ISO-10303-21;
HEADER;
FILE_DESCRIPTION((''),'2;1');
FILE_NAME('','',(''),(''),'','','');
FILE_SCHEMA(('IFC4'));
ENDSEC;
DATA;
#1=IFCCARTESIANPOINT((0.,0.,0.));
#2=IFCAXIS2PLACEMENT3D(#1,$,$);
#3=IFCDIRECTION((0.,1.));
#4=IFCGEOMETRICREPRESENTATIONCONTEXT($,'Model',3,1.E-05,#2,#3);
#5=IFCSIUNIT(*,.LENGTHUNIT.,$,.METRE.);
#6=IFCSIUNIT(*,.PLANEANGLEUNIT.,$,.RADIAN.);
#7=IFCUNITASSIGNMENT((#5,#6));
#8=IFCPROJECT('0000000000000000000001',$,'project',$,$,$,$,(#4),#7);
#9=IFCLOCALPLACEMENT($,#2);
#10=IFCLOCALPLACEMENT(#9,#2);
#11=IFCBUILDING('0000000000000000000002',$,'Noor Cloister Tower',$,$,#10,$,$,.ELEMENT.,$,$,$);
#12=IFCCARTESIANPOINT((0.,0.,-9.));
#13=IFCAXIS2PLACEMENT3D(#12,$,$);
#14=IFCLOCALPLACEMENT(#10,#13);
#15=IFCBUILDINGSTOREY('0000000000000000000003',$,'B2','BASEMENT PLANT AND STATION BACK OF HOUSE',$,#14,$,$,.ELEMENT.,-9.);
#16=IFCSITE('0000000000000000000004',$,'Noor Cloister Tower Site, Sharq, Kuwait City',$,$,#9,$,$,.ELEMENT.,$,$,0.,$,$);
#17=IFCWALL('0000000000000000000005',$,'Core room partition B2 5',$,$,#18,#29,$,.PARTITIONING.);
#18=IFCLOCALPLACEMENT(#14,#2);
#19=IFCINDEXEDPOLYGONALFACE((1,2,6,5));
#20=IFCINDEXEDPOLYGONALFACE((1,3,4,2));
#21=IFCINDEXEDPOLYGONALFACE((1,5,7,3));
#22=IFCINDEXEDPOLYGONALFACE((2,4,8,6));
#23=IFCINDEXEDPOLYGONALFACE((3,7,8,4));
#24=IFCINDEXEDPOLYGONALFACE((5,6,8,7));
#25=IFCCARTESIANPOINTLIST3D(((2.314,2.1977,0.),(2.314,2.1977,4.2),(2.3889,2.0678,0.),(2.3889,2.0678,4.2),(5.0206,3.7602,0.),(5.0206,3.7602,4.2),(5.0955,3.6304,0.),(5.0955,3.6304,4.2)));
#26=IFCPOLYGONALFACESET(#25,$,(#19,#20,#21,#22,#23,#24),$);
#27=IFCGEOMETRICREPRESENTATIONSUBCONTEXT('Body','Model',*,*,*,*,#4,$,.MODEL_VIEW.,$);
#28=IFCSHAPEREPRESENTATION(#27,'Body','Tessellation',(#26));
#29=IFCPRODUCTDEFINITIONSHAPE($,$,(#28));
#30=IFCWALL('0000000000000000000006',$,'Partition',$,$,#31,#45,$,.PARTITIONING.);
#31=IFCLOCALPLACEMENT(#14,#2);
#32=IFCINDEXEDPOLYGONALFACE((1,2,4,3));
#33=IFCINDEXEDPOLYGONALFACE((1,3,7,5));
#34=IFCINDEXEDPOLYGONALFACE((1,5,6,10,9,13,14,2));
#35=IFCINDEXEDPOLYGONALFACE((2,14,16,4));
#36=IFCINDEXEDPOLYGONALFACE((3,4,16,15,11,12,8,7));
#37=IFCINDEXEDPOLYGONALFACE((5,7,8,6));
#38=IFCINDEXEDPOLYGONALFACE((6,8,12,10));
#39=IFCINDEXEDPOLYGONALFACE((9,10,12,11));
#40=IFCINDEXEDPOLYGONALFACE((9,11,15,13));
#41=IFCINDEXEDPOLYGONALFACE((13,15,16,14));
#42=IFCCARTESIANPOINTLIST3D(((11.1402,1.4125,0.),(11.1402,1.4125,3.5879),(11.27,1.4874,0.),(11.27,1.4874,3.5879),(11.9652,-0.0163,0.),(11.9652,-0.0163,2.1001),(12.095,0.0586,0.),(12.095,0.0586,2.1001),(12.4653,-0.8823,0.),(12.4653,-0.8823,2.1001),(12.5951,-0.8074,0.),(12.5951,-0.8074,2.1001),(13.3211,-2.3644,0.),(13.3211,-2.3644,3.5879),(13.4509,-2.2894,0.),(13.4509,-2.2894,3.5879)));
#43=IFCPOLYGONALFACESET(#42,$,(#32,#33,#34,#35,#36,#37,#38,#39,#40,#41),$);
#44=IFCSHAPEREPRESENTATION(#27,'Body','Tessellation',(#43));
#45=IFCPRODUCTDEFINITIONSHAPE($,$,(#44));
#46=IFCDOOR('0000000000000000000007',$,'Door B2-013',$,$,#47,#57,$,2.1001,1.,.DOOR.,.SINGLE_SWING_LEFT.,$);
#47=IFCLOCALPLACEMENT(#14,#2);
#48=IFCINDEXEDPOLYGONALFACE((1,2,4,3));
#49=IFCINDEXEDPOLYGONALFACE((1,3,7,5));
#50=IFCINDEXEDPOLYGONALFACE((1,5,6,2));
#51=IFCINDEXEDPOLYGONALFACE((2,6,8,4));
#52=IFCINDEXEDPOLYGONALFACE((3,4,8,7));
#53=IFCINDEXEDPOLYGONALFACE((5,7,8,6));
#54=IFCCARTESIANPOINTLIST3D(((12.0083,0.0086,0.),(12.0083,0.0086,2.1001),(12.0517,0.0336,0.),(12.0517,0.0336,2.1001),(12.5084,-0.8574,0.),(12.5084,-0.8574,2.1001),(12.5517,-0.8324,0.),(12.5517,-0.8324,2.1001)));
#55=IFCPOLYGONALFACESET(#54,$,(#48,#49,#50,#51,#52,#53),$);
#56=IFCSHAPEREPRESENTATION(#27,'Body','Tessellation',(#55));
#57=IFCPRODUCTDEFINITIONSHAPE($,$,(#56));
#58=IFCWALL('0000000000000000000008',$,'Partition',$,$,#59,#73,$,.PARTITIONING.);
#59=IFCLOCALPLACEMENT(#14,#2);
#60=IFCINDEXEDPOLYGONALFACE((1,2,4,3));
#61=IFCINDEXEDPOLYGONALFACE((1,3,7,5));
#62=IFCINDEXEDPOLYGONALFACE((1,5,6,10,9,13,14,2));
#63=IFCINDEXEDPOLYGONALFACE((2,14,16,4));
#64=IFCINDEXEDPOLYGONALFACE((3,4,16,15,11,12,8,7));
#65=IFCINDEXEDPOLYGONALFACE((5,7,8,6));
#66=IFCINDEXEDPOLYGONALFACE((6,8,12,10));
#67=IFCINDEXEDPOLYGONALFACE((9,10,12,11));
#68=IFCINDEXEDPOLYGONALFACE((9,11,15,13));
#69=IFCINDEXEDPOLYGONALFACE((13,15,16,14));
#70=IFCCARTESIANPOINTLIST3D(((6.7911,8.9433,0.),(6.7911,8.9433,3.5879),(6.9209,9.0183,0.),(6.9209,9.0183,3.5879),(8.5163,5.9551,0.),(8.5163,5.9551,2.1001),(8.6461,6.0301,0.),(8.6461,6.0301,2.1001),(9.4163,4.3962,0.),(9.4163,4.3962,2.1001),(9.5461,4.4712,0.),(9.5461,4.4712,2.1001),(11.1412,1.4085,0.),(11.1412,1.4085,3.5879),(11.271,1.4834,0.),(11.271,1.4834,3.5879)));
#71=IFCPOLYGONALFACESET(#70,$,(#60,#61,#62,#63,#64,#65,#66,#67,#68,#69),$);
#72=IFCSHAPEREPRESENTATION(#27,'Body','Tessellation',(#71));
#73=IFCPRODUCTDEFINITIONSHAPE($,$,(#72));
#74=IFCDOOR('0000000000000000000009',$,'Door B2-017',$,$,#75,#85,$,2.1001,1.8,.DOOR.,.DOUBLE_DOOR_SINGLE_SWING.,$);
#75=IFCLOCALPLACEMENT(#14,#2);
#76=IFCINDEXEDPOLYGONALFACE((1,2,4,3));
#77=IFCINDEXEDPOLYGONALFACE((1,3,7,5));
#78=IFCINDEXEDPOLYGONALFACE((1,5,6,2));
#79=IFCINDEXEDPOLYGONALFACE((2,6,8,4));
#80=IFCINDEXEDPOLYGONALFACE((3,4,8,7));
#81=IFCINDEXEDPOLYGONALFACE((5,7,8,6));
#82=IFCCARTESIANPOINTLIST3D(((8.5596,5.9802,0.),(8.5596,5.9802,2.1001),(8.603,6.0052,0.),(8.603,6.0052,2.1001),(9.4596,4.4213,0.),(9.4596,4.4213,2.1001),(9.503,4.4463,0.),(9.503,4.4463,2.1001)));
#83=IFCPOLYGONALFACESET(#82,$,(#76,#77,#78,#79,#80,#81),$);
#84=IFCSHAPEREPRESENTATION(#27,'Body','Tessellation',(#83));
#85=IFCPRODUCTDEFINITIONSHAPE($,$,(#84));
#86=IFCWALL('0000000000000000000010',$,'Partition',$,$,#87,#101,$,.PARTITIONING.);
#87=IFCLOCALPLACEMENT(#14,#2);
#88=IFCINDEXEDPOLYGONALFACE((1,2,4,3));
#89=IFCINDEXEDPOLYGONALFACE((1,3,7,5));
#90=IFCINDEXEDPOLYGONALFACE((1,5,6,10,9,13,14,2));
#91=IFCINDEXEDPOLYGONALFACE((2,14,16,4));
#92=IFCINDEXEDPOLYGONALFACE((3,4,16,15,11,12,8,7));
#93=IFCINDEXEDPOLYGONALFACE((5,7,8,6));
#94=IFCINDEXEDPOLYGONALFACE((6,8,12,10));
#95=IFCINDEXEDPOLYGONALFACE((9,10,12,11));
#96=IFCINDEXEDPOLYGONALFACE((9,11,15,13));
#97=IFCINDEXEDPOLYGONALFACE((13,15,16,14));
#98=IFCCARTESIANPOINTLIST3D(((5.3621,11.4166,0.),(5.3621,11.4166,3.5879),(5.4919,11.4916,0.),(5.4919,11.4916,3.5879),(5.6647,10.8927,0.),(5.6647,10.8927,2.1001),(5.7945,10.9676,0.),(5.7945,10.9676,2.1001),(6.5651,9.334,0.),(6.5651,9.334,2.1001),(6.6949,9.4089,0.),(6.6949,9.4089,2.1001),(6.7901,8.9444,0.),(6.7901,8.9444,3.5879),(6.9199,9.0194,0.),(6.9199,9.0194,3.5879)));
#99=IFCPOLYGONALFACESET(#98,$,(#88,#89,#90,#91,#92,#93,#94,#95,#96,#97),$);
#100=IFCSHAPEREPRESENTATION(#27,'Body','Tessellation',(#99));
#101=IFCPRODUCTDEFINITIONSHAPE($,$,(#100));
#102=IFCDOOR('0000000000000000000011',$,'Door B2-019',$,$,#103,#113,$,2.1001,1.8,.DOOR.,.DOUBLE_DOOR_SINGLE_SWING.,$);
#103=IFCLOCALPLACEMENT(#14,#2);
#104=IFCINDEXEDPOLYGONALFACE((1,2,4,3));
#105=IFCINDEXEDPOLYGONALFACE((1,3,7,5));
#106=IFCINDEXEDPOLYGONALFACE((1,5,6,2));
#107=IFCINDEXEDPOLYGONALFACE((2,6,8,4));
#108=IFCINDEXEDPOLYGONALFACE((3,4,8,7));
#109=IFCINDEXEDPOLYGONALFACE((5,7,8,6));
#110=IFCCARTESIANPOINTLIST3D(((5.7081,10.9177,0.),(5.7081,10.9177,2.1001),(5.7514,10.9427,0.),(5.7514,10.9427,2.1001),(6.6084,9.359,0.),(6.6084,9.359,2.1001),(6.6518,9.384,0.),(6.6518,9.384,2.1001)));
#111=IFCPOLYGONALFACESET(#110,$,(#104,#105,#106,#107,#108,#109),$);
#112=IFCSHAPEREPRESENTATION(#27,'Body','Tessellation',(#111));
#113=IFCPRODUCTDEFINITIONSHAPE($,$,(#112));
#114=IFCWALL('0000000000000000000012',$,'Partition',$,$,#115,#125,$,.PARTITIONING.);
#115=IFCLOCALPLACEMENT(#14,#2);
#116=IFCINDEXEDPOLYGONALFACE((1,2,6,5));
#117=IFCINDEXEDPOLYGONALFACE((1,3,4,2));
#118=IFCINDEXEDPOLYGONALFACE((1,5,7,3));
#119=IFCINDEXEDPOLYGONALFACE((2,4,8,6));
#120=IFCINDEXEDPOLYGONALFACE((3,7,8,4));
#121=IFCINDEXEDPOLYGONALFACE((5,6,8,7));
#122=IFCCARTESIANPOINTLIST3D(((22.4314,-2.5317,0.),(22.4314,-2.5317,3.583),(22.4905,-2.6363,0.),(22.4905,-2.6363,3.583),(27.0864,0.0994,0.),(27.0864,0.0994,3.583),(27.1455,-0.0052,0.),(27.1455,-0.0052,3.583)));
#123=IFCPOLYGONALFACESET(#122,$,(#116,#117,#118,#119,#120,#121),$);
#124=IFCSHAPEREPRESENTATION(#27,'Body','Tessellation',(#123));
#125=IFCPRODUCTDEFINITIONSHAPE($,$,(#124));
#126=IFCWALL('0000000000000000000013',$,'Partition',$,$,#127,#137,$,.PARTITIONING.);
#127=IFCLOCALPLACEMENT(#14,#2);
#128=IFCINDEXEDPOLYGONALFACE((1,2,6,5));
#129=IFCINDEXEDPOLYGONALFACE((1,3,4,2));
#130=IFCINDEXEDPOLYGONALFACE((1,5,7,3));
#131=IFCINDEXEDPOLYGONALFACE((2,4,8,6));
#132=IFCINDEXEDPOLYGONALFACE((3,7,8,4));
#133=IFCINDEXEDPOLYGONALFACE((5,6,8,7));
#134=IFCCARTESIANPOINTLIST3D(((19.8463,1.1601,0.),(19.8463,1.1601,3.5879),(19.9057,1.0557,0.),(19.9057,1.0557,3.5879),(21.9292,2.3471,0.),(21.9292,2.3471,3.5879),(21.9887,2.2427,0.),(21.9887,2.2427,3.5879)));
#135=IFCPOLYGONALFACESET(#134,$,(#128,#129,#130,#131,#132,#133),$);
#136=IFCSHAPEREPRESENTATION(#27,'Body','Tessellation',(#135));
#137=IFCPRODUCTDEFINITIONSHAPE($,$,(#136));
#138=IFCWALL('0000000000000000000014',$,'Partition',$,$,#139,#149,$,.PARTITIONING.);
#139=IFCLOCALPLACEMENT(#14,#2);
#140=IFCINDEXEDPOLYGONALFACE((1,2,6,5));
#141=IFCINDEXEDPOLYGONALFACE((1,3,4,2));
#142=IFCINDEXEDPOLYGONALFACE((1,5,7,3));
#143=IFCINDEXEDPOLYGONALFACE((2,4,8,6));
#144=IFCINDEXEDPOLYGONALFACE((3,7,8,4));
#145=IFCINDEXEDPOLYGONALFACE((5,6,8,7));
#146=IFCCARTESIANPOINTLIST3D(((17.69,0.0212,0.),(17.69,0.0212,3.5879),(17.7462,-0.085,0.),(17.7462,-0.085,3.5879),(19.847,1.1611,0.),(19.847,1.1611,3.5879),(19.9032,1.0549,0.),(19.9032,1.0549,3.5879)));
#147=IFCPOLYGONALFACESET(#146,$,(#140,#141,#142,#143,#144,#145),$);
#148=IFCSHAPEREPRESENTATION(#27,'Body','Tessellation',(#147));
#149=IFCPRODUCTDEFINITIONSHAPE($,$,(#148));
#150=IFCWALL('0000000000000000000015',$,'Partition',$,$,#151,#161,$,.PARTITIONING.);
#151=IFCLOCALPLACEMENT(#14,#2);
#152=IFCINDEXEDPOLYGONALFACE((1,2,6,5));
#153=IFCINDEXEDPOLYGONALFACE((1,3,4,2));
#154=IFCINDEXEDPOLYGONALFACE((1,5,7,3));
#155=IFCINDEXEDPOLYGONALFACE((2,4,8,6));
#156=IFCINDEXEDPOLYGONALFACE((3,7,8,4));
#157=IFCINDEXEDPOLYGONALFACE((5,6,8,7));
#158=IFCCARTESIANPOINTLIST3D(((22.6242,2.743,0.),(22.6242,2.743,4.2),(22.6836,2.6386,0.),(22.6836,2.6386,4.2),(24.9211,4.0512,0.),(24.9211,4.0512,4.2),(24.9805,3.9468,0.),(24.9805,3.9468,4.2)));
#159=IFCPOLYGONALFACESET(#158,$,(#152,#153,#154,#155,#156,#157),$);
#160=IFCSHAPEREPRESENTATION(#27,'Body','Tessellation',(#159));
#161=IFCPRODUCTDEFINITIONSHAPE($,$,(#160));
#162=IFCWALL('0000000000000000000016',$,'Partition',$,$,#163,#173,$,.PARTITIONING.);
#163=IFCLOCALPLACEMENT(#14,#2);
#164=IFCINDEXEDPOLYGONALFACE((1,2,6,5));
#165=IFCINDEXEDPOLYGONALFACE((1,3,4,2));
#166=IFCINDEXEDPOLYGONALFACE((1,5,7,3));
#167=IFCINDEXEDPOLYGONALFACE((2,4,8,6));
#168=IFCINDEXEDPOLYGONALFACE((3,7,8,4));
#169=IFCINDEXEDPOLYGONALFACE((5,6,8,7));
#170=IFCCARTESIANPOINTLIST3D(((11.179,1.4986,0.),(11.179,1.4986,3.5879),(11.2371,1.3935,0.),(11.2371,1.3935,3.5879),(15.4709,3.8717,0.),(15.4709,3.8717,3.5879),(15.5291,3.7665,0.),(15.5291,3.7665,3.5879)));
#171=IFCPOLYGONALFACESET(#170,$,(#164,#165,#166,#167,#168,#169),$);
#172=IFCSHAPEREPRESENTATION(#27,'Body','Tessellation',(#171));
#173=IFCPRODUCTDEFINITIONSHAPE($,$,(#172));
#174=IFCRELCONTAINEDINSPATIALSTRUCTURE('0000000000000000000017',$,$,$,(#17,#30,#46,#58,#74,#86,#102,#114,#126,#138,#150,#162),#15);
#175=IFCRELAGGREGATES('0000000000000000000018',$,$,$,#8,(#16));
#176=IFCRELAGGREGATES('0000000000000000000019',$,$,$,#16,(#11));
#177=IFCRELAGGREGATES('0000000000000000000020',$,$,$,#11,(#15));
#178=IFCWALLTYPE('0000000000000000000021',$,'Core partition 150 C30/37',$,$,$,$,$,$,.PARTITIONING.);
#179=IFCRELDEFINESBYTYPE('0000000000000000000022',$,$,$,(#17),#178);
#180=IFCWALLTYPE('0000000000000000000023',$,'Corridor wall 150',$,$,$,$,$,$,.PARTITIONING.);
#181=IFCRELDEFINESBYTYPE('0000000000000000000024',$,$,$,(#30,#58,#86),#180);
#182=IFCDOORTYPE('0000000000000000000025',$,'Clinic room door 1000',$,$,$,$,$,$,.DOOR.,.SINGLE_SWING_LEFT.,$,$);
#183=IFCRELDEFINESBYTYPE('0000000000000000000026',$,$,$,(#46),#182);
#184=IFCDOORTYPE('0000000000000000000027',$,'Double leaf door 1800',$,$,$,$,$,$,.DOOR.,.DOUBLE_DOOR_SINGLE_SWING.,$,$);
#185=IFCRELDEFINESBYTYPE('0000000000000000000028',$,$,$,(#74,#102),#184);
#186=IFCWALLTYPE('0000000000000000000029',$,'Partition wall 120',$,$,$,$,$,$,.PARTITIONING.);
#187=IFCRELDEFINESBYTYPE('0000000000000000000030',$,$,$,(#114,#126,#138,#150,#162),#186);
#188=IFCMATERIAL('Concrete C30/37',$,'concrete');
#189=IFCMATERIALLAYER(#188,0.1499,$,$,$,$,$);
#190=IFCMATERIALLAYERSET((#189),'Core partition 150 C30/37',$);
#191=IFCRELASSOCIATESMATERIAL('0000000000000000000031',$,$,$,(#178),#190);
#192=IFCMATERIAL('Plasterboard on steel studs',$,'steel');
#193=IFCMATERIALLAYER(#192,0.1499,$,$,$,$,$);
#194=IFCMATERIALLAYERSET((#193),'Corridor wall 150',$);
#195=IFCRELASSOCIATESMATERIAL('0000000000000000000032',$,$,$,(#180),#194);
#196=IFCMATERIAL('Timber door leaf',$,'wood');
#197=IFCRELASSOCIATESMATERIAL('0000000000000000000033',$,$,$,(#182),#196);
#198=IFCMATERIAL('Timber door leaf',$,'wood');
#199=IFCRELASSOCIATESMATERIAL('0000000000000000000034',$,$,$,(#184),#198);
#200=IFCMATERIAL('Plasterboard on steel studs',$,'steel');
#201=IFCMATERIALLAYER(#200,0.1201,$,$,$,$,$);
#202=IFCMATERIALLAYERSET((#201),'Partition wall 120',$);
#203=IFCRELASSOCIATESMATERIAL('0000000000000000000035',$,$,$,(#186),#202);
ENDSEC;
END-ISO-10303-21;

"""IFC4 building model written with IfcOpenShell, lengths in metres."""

from ifc_helpers import new_model, si_unit, direction, frame, frame_2d, origin, place, context, subcontext, project, spatial, rectangle, extrude, material, layer, layer_set, type_object, element, fill, save


model = new_model("IFC4")

# Units and contexts
model_context = context("Model", 3, precision=1e-05, world=origin(), true_north=direction((0.0, 1.0)))
body_context = subcontext(model_context, "Body", "Model", "MODEL_VIEW")
ifc_project = project(units=[si_unit("LENGTHUNIT", "METRE"), si_unit("PLANEANGLEUNIT", "RADIAN")], contexts=[model_context])

# Site, building, storey
site_placement = place(None, origin())
site = spatial("IfcSite", under=ifc_project, at=site_placement, Name="Noor Cloister Tower Site, Sharq, Kuwait City", CompositionType="ELEMENT", RefElevation=0.0)
building_placement = place(site_placement, origin())
building = spatial("IfcBuilding", under=site, at=building_placement, Name="Noor Cloister Tower", CompositionType="ELEMENT")
storey_placement = place(building_placement, frame((0.0, 0.0, -9.0)))
storey = spatial("IfcBuildingStorey", under=building, at=storey_placement, Name="B2", Description="BASEMENT PLANT AND STATION BACK OF HOUSE", CompositionType="ELEMENT", Elevation=-9.0)

# Wall
ifc_material_1 = material(Name="Concrete C30/37", Category="concrete")
ifc_layer_1 = layer(ifc_material_1, 0.1499)
ifc_layer_set_1 = layer_set([ifc_layer_1], Name="Core partition 150 C30/37")
wall_type_1 = type_object("IfcWallType", Name="Core partition 150 C30/37", PredefinedType="PARTITIONING", material=ifc_layer_set_1)
wall_1_placement = place(storey_placement, frame((2.3516, 2.1328, 0.0), z_axis=(0.0, 0.0, 1.0), x_axis=(0.866042, 0.49997, 0.0)))
element("IfcWall", 1, at=wall_1_placement, inside=storey, type_object=wall_type_1, Name="Core room partition B2 5", PredefinedType="PARTITIONING", context=body_context, shape_type="SweptSolid", body=[
    extrude(rectangle(XDim=3.1252, YDim=0.1499, at=frame_2d((1.5625, 0.0))), origin(), (0.0, 0.0, 1.0), 4.2),
])

# Walls, openings, doors
ifc_material_2 = material(Name="Plasterboard on steel studs", Category="steel")
ifc_layer_2 = layer(ifc_material_2, 0.1499)
ifc_layer_set_2 = layer_set([ifc_layer_2], Name="Corridor wall 150")
wall_type_2 = type_object("IfcWallType", Name="Corridor wall 150", PredefinedType="PARTITIONING", material=ifc_layer_set_2)
wall_2_placement = place(storey_placement, frame((11.2051, 1.45, 0.0), z_axis=(0.0, 0.0, 1.0), x_axis=(0.500058, -0.865992, 0.0)))
wall_2 = element("IfcWall", 2, at=wall_2_placement, inside=storey, type_object=wall_type_2, Name="Partition", PredefinedType="PARTITIONING", context=body_context, shape_type="SweptSolid", body=[
    extrude(rectangle(XDim=4.3613, YDim=0.1499, at=frame_2d((2.1807, 0.0))), origin(), (0.0, 0.0, 1.0), 3.5879),
])
opening_1_placement = place(wall_2_placement, frame((1.6499, 0.0, 0.0)))
opening_1 = element("IfcOpeningElement", 3, at=opening_1_placement, cuts=wall_2, PredefinedType="OPENING", context=body_context, shape_type="SweptSolid", body=[
    extrude(rectangle(XDim=1.0, YDim=2.1001, at=frame_2d((0.5, 1.05))), frame((0.0, 0.085, 0.0), z_axis=(0.0, -1.0, 0.0), x_axis=(1.0, 0.0, 0.0)), (0.0, 0.0, 1.0), 0.1699),
])
ifc_material_3 = material(Name="Timber door leaf", Category="wood")
door_type_1 = type_object("IfcDoorType", Name="Clinic room door 1000", OperationType="SINGLE_SWING_LEFT", PredefinedType="DOOR", material=ifc_material_3)
door_1_placement = place(opening_1_placement, origin())
door_1 = element("IfcDoor", 4, at=door_1_placement, inside=storey, type_object=door_type_1, Name="Door B2-013", OperationType="SINGLE_SWING_LEFT", OverallHeight=2.1001, OverallWidth=1.0, PredefinedType="DOOR", context=body_context, shape_type="SweptSolid", body=[
    extrude(rectangle(XDim=1.0, YDim=2.1001, at=frame_2d((0.5, 1.05))), frame((0.0, 0.0249, 0.0), z_axis=(0.0, -1.0, 0.0), x_axis=(1.0, 0.0, 0.0)), (0.0, 0.0, 1.0), 0.05),
])
fill(opening_1, door_1)
wall_3_placement = place(storey_placement, frame((11.2061, 1.446, 0.0), z_axis=(0.0, 0.0, 1.0), x_axis=(-0.499984, 0.866035, 0.0)))
wall_3 = element("IfcWall", 5, at=wall_3_placement, inside=storey, type_object=wall_type_2, Name="Partition", PredefinedType="PARTITIONING", context=body_context, shape_type="SweptSolid", body=[
    extrude(rectangle(XDim=8.7004, YDim=0.1499, at=frame_2d((4.3501, 0.0))), origin(), (0.0, 0.0, 1.0), 3.5879),
])
opening_2_placement = place(wall_3_placement, frame((3.45, 0.0, 0.0)))
opening_2 = element("IfcOpeningElement", 6, at=opening_2_placement, cuts=wall_3, PredefinedType="OPENING", context=body_context, shape_type="SweptSolid", body=[
    extrude(rectangle(XDim=1.8, YDim=2.1001, at=frame_2d((0.8999, 1.05))), frame((0.0, 0.085, 0.0), z_axis=(0.0, -1.0, 0.0), x_axis=(1.0, 0.0, 0.0)), (0.0, 0.0, 1.0), 0.1699),
])
ifc_material_4 = material(Name="Timber door leaf", Category="wood")
door_type_2 = type_object("IfcDoorType", Name="Double leaf door 1800", OperationType="DOUBLE_DOOR_SINGLE_SWING", PredefinedType="DOOR", material=ifc_material_4)
door_2_placement = place(opening_2_placement, origin())
door_2 = element("IfcDoor", 7, at=door_2_placement, inside=storey, type_object=door_type_2, Name="Door B2-017", OperationType="DOUBLE_DOOR_SINGLE_SWING", OverallHeight=2.1001, OverallWidth=1.8, PredefinedType="DOOR", context=body_context, shape_type="SweptSolid", body=[
    extrude(rectangle(XDim=1.8, YDim=2.1001, at=frame_2d((0.8999, 1.05))), frame((0.0, 0.0249, 0.0), z_axis=(0.0, -1.0, 0.0), x_axis=(1.0, 0.0, 0.0)), (0.0, 0.0, 1.0), 0.05),
])
fill(opening_2, door_2)
wall_4_placement = place(storey_placement, frame((6.855, 8.9819, 0.0), z_axis=(0.0, 0.0, 1.0), x_axis=(-0.500176, 0.865924, 0.0)))
wall_4 = element("IfcWall", 8, at=wall_4_placement, inside=storey, type_object=wall_type_2, Name="Partition", PredefinedType="PARTITIONING", context=body_context, shape_type="SweptSolid", body=[
    extrude(rectangle(XDim=2.855, YDim=0.1499, at=frame_2d((1.4275, 0.0))), origin(), (0.0, 0.0, 1.0), 3.5879),
])
opening_3_placement = place(wall_4_placement, frame((0.45, 0.0, 0.0)))
opening_3 = element("IfcOpeningElement", 9, at=opening_3_placement, cuts=wall_4, PredefinedType="OPENING", context=body_context, shape_type="SweptSolid", body=[
    extrude(rectangle(XDim=1.8, YDim=2.1001, at=frame_2d((0.8999, 1.05))), frame((0.0, 0.085, 0.0), z_axis=(0.0, -1.0, 0.0), x_axis=(1.0, 0.0, 0.0)), (0.0, 0.0, 1.0), 0.1699),
])
door_3_placement = place(opening_3_placement, origin())
door_3 = element("IfcDoor", 10, at=door_3_placement, inside=storey, type_object=door_type_2, Name="Door B2-019", OperationType="DOUBLE_DOOR_SINGLE_SWING", OverallHeight=2.1001, OverallWidth=1.8, PredefinedType="DOOR", context=body_context, shape_type="SweptSolid", body=[
    extrude(rectangle(XDim=1.8, YDim=2.1001, at=frame_2d((0.8999, 1.05))), frame((0.0, 0.0249, 0.0), z_axis=(0.0, -1.0, 0.0), x_axis=(1.0, 0.0, 0.0)), (0.0, 0.0, 1.0), 0.05),
])
fill(opening_3, door_3)

# Walls
ifc_material_5 = material(Name="Plasterboard on steel studs", Category="steel")
ifc_layer_3 = layer(ifc_material_5, 0.1201)
ifc_layer_set_3 = layer_set([ifc_layer_3], Name="Partition wall 120")
wall_type_3 = type_object("IfcWallType", Name="Partition wall 120", PredefinedType="PARTITIONING", material=ifc_layer_set_3)
wall_5_placement = place(storey_placement, frame((27.116, 0.0471, 0.0), z_axis=(0.0, 0.0, 1.0), x_axis=(-0.870563, -0.492057, 0.0)))
element("IfcWall", 11, at=wall_5_placement, inside=storey, type_object=wall_type_3, Name="Partition", PredefinedType="PARTITIONING", context=body_context, shape_type="SweptSolid", body=[
    extrude(rectangle(XDim=5.3472, YDim=0.1201, at=frame_2d((2.6736, 0.0))), origin(), (0.0, 0.0, 1.0), 3.583),
])
wall_6_placement = place(storey_placement, frame((21.959, 2.2949, 0.0), z_axis=(0.0, 0.0, 1.0), x_axis=(-0.868832, -0.495108, 0.0)))
element("IfcWall", 12, at=wall_6_placement, inside=storey, type_object=wall_type_3, Name="Partition", PredefinedType="PARTITIONING", context=body_context, shape_type="SweptSolid", body=[
    extrude(rectangle(XDim=2.3975, YDim=0.1201, at=frame_2d((1.1987, 0.0))), origin(), (0.0, 0.0, 1.0), 3.5879),
])
wall_7_placement = place(storey_placement, frame((19.875, 1.1079, 0.0), z_axis=(0.0, 0.0, 1.0), x_axis=(-0.884133, -0.467235, 0.0)))
element("IfcWall", 13, at=wall_7_placement, inside=storey, type_object=wall_type_3, Name="Partition", PredefinedType="PARTITIONING", context=body_context, shape_type="SweptSolid", body=[
    extrude(rectangle(XDim=2.4397, YDim=0.1201, at=frame_2d((1.2197, 0.0))), origin(), (0.0, 0.0, 1.0), 3.5879),
])
wall_8_placement = place(storey_placement, frame((24.9509, 3.999, 0.0), z_axis=(0.0, 0.0, 1.0), x_axis=(-0.868958, -0.494885, 0.0)))
element("IfcWall", 14, at=wall_8_placement, inside=storey, type_object=wall_type_3, Name="Partition", PredefinedType="PARTITIONING", context=body_context, shape_type="SweptSolid", body=[
    extrude(rectangle(XDim=2.6433, YDim=0.1201, at=frame_2d((1.3218, 0.0))), origin(), (0.0, 0.0, 1.0), 4.2),
])
wall_9_placement = place(storey_placement, frame((15.5, 3.8191, 0.0), z_axis=(0.0, 0.0, 1.0), x_axis=(-0.875142, -0.483867, 0.0)))
element("IfcWall", 15, at=wall_9_placement, inside=storey, type_object=wall_type_3, Name="Partition", PredefinedType="PARTITIONING", context=body_context, shape_type="SweptSolid", body=[
    extrude(rectangle(XDim=4.9043, YDim=0.1201, at=frame_2d((2.4521, 0.0))), origin(), (0.0, 0.0, 1.0), 3.5879),
])

save(model, "model.ifc")
